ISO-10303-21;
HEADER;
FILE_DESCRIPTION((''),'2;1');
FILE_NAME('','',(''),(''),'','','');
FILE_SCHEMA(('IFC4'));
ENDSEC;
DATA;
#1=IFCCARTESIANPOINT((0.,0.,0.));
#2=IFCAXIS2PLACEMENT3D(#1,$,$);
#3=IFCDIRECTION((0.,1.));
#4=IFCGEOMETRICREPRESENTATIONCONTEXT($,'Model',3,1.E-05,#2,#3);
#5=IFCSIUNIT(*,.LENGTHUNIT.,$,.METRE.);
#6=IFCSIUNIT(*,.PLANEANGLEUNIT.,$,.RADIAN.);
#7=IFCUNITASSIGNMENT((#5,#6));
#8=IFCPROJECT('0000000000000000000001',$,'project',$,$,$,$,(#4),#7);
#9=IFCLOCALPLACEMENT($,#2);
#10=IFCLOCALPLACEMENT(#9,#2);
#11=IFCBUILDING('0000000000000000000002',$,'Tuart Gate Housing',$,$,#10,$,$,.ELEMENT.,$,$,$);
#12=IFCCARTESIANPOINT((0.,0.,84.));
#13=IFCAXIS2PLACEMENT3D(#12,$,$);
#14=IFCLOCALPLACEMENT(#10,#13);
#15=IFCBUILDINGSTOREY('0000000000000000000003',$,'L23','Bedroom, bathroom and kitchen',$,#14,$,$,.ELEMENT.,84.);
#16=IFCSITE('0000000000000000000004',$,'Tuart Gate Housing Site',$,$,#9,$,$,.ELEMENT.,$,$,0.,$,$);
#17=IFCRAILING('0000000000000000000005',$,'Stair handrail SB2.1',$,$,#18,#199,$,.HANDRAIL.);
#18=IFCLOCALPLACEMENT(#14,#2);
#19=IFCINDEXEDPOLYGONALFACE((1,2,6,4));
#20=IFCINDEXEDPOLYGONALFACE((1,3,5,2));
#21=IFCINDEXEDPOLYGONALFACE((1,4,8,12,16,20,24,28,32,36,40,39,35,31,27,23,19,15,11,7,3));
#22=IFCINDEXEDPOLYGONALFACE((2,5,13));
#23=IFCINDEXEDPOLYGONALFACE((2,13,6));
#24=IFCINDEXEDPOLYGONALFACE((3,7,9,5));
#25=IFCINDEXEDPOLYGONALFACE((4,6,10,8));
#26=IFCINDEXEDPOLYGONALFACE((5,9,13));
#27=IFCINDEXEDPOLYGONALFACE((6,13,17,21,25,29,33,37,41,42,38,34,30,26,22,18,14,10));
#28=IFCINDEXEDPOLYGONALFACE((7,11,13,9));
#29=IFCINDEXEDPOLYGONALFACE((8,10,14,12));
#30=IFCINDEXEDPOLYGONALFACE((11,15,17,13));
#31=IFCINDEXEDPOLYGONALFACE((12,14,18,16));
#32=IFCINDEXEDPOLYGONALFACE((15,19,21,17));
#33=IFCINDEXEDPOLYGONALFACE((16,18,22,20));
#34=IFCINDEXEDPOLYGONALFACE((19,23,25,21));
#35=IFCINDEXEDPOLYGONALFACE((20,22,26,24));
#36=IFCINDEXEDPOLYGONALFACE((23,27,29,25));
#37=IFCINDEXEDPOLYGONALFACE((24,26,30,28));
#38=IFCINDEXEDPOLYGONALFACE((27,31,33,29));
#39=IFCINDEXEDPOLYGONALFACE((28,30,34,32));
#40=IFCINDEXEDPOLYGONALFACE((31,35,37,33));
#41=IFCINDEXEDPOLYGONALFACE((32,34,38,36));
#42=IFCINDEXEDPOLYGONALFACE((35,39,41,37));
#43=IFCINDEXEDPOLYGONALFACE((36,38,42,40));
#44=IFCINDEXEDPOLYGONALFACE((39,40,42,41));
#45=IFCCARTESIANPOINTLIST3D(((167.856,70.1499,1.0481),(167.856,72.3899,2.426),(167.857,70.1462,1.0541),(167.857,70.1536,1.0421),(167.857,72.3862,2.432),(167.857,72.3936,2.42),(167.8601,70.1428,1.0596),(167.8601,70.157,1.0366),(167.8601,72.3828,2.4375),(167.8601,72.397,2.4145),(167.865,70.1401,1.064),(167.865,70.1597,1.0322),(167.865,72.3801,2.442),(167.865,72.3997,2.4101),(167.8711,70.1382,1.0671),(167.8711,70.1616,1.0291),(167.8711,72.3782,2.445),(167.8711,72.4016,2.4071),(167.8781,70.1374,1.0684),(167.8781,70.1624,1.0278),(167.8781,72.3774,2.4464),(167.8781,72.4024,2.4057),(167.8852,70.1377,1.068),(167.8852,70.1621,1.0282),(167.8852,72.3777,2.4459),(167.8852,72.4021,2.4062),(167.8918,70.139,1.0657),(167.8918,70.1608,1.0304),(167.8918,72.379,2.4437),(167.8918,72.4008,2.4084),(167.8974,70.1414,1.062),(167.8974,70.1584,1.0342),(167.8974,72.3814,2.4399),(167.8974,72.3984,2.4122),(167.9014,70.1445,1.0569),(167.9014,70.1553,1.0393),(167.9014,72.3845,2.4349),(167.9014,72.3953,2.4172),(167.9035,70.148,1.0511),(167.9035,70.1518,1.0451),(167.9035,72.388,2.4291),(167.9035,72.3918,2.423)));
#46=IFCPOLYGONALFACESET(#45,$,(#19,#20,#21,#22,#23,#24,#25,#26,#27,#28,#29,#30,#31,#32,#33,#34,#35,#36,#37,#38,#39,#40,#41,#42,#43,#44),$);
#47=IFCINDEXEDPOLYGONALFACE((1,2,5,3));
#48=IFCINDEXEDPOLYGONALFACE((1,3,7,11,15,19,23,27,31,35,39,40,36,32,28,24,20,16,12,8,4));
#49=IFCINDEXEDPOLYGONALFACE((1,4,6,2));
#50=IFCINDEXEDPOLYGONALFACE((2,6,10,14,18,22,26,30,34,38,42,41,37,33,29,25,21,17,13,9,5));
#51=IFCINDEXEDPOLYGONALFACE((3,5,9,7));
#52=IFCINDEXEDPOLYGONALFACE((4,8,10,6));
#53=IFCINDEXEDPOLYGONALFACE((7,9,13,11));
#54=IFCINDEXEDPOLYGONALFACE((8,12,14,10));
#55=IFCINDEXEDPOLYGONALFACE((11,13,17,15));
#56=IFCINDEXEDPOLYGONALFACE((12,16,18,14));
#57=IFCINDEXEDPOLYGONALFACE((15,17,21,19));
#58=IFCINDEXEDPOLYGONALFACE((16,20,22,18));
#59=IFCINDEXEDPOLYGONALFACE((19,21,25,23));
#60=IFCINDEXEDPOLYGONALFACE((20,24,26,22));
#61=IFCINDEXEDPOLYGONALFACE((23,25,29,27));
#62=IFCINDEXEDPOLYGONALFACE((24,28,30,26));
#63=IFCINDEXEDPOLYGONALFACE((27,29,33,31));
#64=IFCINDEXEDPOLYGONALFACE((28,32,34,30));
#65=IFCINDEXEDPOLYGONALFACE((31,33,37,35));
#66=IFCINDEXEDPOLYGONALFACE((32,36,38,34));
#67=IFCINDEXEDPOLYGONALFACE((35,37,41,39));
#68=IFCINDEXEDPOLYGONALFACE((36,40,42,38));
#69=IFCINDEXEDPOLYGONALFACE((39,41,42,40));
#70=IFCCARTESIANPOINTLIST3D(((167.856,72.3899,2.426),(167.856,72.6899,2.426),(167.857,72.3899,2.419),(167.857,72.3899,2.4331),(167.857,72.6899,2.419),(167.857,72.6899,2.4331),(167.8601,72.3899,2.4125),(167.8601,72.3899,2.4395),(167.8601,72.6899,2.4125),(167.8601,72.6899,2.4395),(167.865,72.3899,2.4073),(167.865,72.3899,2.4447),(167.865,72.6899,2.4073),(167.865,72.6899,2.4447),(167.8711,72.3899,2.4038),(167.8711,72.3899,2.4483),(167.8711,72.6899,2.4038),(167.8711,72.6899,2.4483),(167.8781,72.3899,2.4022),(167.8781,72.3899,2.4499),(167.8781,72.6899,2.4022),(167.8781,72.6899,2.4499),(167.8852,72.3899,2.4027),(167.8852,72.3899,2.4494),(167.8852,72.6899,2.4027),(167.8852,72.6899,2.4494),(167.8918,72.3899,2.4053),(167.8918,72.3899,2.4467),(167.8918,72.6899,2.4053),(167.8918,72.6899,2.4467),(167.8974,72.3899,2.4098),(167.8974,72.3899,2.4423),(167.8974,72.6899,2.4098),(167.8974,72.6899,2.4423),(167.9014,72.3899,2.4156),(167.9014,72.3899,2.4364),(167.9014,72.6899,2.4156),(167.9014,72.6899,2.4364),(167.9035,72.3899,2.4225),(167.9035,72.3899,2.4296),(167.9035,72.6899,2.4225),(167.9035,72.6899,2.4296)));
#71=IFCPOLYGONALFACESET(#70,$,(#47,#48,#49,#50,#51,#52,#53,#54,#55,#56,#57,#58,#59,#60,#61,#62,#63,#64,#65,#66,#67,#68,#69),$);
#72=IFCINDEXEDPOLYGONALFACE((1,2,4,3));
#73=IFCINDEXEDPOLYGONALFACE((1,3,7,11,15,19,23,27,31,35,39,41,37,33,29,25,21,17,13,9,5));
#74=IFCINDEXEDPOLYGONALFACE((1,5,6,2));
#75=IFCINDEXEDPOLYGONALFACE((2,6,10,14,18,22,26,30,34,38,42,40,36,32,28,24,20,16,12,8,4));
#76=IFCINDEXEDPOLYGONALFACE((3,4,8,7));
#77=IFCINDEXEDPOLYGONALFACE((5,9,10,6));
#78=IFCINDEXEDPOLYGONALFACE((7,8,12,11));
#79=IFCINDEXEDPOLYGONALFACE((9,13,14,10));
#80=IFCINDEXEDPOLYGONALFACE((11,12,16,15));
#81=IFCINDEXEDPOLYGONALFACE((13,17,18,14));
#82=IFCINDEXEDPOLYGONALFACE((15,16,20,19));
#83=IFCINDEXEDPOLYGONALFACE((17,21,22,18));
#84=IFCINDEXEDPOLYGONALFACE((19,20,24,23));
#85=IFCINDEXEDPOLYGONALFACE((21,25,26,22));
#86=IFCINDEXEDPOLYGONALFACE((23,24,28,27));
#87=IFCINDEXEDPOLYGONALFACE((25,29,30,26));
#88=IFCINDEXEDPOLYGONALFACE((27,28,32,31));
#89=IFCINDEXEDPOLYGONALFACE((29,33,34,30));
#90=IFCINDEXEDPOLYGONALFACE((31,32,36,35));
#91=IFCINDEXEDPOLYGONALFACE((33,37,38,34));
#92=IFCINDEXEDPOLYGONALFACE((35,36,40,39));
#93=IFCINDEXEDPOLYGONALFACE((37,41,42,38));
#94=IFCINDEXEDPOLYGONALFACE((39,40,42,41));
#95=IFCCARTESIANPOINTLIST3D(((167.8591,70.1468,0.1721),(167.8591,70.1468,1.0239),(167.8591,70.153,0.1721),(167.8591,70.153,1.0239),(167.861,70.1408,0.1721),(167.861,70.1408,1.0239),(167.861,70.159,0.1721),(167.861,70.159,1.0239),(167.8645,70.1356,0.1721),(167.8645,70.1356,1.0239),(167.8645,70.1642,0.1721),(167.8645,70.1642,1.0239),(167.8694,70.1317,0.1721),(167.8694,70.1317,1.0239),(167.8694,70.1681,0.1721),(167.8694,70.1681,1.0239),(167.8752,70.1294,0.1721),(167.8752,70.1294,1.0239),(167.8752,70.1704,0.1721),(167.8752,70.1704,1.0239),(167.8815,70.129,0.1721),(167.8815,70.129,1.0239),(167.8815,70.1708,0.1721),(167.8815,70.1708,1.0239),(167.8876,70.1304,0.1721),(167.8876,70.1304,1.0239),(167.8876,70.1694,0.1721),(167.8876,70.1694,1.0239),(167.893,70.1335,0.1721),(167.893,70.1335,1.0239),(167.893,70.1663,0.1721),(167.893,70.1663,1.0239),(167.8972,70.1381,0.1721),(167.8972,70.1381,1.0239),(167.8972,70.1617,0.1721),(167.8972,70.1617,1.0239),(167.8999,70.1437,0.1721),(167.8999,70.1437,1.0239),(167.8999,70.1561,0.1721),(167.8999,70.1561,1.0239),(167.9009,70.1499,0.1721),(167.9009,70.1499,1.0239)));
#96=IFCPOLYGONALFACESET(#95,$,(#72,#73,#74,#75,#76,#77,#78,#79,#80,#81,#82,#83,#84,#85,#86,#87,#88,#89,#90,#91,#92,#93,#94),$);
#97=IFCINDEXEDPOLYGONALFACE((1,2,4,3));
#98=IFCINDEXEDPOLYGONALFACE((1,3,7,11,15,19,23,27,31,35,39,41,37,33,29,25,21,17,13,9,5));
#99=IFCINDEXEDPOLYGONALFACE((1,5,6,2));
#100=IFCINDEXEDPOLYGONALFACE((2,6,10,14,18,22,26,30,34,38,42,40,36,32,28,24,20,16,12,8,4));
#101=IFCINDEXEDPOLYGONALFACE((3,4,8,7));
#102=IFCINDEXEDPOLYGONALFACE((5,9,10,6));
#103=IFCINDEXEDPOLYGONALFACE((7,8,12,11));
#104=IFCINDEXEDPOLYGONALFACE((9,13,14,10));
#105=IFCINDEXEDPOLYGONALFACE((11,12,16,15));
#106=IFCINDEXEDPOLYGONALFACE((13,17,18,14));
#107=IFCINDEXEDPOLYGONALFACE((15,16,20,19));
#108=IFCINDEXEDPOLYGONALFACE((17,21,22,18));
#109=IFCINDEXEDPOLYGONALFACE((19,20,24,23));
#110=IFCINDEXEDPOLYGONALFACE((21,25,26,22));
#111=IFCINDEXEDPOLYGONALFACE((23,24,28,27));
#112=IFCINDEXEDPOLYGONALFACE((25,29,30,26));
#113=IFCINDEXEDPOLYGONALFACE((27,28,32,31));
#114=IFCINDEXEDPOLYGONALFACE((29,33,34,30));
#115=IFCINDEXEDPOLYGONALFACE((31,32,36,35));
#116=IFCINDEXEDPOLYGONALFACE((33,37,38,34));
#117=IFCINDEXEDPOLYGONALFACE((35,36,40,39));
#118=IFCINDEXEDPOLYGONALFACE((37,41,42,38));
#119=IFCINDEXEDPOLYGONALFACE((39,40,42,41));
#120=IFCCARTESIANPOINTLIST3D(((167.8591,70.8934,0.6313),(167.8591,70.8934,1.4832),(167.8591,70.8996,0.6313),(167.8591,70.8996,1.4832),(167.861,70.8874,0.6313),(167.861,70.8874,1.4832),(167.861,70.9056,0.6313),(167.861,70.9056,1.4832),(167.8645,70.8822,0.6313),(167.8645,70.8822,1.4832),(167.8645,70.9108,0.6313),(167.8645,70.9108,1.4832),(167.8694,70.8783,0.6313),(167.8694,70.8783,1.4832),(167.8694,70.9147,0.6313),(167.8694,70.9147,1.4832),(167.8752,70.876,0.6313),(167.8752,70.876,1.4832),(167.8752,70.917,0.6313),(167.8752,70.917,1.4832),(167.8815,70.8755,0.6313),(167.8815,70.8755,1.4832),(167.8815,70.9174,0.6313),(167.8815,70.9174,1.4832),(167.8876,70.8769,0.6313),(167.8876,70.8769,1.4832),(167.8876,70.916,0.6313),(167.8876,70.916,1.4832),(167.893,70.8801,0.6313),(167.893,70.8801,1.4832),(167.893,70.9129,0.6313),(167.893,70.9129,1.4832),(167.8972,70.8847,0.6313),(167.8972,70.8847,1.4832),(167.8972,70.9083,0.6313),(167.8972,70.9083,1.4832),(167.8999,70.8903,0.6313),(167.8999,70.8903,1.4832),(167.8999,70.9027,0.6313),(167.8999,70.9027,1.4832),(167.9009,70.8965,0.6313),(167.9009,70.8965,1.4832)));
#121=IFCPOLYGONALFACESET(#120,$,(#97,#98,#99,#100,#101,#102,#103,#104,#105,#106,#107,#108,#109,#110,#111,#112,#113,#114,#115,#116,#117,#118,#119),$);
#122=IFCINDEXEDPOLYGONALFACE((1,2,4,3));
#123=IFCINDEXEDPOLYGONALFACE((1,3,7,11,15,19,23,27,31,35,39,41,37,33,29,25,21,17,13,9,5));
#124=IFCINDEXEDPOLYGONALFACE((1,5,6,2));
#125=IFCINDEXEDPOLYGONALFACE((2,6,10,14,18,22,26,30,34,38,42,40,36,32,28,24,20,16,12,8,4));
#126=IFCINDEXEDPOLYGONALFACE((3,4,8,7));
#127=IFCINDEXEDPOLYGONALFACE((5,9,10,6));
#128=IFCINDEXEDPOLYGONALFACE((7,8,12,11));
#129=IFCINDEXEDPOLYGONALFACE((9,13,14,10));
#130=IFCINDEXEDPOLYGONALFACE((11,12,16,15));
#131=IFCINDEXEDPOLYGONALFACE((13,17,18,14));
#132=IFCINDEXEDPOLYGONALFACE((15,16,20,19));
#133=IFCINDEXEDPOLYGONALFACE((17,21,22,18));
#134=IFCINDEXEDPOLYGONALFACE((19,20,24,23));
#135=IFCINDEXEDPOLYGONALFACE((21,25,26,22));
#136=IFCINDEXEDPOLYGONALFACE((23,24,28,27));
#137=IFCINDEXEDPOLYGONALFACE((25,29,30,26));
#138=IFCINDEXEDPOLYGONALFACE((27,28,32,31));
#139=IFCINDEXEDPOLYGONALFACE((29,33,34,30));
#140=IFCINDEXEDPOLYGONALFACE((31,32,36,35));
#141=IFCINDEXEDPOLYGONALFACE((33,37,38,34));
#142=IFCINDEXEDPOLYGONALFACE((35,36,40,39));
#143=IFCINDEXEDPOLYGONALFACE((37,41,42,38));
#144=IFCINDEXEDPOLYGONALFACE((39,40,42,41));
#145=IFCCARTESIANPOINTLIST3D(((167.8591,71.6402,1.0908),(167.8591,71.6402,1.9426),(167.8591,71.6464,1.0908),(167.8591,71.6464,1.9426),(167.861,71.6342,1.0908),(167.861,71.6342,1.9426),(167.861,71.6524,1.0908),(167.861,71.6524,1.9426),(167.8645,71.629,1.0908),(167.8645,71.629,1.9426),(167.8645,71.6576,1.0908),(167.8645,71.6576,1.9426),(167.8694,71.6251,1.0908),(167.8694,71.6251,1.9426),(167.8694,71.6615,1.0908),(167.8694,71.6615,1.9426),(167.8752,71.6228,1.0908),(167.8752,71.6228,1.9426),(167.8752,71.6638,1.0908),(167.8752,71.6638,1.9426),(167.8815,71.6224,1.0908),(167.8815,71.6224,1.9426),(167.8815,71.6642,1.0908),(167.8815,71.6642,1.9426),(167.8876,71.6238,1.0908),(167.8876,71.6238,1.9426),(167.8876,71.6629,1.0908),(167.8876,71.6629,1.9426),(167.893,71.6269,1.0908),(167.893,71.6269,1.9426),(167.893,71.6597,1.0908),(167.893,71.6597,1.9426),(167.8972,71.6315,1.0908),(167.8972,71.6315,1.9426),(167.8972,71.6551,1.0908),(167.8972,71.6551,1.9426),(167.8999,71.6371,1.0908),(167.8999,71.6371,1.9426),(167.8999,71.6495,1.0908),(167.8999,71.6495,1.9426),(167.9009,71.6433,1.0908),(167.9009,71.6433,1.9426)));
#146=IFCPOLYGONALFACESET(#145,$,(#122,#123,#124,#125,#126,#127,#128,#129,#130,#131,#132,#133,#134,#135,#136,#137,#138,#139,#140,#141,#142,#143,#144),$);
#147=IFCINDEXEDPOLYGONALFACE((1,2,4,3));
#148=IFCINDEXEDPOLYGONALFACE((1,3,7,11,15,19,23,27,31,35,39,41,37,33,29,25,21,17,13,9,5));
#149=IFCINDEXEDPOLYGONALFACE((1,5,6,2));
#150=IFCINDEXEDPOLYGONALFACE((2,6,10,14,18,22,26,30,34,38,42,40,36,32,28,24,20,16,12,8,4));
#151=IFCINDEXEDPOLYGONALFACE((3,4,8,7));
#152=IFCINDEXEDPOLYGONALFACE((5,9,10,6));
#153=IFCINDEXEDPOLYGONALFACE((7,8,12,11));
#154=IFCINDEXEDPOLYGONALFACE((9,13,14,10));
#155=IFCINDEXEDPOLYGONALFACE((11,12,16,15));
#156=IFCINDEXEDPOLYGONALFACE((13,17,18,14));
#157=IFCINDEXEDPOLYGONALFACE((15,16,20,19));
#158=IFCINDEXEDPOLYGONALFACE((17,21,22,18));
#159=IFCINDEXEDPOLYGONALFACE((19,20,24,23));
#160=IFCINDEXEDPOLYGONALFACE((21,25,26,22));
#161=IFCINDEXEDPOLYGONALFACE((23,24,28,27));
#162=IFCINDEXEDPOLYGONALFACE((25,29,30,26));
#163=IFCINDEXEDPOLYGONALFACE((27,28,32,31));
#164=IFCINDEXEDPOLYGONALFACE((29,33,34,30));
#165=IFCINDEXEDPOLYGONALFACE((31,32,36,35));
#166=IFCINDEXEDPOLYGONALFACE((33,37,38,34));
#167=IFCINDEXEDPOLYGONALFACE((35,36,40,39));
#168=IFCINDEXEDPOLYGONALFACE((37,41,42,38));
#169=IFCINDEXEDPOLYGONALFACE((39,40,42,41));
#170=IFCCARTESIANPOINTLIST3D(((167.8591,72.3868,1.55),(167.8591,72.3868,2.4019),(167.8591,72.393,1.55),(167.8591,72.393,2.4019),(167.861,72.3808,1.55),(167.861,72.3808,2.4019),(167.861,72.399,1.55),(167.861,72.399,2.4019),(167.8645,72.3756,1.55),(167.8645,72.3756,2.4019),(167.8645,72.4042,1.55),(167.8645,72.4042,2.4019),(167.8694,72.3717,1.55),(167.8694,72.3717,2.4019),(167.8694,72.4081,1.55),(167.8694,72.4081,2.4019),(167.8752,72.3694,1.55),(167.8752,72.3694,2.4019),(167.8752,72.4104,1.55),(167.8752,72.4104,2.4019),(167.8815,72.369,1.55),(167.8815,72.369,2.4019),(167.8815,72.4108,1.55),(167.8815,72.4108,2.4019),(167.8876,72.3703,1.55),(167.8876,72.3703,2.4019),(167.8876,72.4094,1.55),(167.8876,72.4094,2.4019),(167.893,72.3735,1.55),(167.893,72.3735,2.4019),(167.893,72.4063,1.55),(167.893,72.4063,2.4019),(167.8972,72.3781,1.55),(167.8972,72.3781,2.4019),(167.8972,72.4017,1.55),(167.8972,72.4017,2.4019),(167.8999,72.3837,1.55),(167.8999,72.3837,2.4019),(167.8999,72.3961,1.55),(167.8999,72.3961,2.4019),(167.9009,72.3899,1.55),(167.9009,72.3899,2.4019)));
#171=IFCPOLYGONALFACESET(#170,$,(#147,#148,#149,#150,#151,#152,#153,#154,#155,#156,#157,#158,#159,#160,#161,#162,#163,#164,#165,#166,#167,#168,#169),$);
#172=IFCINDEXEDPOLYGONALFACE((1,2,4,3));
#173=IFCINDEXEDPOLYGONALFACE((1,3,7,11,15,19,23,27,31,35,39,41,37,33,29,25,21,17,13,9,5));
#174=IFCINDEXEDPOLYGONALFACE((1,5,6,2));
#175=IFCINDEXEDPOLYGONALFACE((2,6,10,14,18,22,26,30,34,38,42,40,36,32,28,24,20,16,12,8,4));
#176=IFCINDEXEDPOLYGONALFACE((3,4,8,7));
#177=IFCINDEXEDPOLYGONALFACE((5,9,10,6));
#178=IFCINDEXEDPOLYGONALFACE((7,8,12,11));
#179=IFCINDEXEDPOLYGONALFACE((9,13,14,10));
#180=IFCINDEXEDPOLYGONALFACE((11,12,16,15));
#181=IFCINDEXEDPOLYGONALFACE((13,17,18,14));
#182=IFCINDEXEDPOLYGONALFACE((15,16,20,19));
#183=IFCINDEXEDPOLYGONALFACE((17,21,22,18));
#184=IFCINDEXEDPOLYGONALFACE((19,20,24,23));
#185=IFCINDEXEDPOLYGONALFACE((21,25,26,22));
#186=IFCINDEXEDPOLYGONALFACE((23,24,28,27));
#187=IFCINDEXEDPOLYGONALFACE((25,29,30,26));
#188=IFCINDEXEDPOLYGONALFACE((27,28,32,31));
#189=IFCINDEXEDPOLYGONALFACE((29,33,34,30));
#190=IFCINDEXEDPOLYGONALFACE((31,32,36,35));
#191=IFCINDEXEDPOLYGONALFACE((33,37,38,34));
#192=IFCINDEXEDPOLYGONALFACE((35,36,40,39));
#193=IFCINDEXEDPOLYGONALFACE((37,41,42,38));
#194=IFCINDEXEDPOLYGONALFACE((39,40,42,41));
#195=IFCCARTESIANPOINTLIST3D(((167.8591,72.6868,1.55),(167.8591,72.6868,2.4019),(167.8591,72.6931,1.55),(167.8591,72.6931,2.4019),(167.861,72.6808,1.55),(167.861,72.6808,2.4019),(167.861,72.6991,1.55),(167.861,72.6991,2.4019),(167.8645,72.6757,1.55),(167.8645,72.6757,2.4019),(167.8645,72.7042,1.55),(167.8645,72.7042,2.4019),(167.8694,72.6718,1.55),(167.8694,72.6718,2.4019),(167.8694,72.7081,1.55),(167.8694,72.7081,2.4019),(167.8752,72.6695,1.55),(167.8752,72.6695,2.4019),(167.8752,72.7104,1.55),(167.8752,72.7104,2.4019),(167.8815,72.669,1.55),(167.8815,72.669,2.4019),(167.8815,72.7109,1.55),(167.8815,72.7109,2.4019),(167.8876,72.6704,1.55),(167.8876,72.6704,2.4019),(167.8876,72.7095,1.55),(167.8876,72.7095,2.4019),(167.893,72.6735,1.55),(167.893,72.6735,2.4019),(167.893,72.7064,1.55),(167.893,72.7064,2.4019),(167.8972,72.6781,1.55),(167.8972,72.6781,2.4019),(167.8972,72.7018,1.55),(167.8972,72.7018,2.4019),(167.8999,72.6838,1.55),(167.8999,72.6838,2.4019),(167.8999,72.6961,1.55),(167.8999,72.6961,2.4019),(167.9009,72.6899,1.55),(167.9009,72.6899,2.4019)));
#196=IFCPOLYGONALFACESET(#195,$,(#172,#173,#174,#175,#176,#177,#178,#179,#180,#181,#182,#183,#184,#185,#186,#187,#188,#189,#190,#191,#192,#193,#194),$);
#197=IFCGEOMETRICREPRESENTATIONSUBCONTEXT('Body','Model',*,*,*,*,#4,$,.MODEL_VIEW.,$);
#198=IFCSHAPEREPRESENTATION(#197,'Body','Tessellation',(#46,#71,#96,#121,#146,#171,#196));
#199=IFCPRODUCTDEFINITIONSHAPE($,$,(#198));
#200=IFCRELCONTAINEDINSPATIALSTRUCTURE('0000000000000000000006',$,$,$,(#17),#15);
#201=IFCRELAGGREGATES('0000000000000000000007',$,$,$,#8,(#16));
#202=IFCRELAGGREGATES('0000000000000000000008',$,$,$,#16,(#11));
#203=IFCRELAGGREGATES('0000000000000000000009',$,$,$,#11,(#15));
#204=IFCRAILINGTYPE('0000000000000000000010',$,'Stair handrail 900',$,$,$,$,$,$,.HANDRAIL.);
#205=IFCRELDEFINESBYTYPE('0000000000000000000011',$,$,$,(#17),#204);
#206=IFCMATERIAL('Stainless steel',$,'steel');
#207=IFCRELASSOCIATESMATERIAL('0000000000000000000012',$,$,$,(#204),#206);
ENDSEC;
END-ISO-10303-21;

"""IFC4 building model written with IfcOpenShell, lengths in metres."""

from ifc_helpers import new_model, si_unit, direction, frame, origin, origin_2d, place, context, subcontext, project, spatial, circle, extrude, material, type_object, element, save


model = new_model("IFC4")

# Units and contexts
model_context = context("Model", 3, precision=1e-05, world=origin(), true_north=direction((0.0, 1.0)))
body_context = subcontext(model_context, "Body", "Model", "MODEL_VIEW")
ifc_project = project(units=[si_unit("LENGTHUNIT", "METRE"), si_unit("PLANEANGLEUNIT", "RADIAN")], contexts=[model_context])

# Site, building, storey
site_placement = place(None, origin())
site = spatial("IfcSite", under=ifc_project, at=site_placement, Name="Tuart Gate Housing Site", CompositionType="ELEMENT", RefElevation=0.0)
building_placement = place(site_placement, origin())
building = spatial("IfcBuilding", under=site, at=building_placement, Name="Tuart Gate Housing", CompositionType="ELEMENT")
storey_placement = place(building_placement, frame((0.0, 0.0, 84.0)))
storey = spatial("IfcBuildingStorey", under=building, at=storey_placement, Name="L23", Description="Bedroom, bathroom and kitchen", CompositionType="ELEMENT", Elevation=84.0)

# Railing
ifc_material_1 = material(Name="Stainless steel", Category="steel")
railing_type = type_object("IfcRailingType", Name="Stair handrail 900", PredefinedType="HANDRAIL", material=ifc_material_1)
railing_placement = place(storey_placement, frame((167.8799, 70.1499, 0.1721)))
element("IfcRailing", 1, at=railing_placement, inside=storey, type_object=railing_type, Name="Stair handrail SB2.1", PredefinedType="HANDRAIL", context=body_context, shape_type="SweptSolid", body=[
    extrude(circle(Radius=0.0239, at=origin_2d()), frame((0.0, 0.0, 0.876), z_axis=(0.0, 0.851748, 0.523952), x_axis=(-1.0, 0.0, 0.0)), (0.0, 0.0, 1.0), 2.6299),
    extrude(circle(Radius=0.0239, at=origin_2d()), frame((0.0, 2.24, 2.2539), z_axis=(0.0, 1.0, 0.0), x_axis=(-1.0, 0.0, 0.0)), (0.0, 0.0, 1.0), 0.3),
    extrude(circle(Radius=0.021, at=origin_2d()), origin(), (0.0, 0.0, 1.0), 0.8518),
    extrude(circle(Radius=0.021, at=origin_2d()), frame((0.0, 0.7466, 0.4592)), (0.0, 0.0, 1.0), 0.8518),
    extrude(circle(Radius=0.021, at=origin_2d()), frame((0.0, 1.4934, 0.9187)), (0.0, 0.0, 1.0), 0.8518),
    extrude(circle(Radius=0.021, at=origin_2d()), frame((0.0, 2.24, 1.3779)), (0.0, 0.0, 1.0), 0.8518),
    extrude(circle(Radius=0.021, at=origin_2d()), frame((0.0, 2.54, 1.3779)), (0.0, 0.0, 1.0), 0.8518),
])

save(model, "model.ifc")
